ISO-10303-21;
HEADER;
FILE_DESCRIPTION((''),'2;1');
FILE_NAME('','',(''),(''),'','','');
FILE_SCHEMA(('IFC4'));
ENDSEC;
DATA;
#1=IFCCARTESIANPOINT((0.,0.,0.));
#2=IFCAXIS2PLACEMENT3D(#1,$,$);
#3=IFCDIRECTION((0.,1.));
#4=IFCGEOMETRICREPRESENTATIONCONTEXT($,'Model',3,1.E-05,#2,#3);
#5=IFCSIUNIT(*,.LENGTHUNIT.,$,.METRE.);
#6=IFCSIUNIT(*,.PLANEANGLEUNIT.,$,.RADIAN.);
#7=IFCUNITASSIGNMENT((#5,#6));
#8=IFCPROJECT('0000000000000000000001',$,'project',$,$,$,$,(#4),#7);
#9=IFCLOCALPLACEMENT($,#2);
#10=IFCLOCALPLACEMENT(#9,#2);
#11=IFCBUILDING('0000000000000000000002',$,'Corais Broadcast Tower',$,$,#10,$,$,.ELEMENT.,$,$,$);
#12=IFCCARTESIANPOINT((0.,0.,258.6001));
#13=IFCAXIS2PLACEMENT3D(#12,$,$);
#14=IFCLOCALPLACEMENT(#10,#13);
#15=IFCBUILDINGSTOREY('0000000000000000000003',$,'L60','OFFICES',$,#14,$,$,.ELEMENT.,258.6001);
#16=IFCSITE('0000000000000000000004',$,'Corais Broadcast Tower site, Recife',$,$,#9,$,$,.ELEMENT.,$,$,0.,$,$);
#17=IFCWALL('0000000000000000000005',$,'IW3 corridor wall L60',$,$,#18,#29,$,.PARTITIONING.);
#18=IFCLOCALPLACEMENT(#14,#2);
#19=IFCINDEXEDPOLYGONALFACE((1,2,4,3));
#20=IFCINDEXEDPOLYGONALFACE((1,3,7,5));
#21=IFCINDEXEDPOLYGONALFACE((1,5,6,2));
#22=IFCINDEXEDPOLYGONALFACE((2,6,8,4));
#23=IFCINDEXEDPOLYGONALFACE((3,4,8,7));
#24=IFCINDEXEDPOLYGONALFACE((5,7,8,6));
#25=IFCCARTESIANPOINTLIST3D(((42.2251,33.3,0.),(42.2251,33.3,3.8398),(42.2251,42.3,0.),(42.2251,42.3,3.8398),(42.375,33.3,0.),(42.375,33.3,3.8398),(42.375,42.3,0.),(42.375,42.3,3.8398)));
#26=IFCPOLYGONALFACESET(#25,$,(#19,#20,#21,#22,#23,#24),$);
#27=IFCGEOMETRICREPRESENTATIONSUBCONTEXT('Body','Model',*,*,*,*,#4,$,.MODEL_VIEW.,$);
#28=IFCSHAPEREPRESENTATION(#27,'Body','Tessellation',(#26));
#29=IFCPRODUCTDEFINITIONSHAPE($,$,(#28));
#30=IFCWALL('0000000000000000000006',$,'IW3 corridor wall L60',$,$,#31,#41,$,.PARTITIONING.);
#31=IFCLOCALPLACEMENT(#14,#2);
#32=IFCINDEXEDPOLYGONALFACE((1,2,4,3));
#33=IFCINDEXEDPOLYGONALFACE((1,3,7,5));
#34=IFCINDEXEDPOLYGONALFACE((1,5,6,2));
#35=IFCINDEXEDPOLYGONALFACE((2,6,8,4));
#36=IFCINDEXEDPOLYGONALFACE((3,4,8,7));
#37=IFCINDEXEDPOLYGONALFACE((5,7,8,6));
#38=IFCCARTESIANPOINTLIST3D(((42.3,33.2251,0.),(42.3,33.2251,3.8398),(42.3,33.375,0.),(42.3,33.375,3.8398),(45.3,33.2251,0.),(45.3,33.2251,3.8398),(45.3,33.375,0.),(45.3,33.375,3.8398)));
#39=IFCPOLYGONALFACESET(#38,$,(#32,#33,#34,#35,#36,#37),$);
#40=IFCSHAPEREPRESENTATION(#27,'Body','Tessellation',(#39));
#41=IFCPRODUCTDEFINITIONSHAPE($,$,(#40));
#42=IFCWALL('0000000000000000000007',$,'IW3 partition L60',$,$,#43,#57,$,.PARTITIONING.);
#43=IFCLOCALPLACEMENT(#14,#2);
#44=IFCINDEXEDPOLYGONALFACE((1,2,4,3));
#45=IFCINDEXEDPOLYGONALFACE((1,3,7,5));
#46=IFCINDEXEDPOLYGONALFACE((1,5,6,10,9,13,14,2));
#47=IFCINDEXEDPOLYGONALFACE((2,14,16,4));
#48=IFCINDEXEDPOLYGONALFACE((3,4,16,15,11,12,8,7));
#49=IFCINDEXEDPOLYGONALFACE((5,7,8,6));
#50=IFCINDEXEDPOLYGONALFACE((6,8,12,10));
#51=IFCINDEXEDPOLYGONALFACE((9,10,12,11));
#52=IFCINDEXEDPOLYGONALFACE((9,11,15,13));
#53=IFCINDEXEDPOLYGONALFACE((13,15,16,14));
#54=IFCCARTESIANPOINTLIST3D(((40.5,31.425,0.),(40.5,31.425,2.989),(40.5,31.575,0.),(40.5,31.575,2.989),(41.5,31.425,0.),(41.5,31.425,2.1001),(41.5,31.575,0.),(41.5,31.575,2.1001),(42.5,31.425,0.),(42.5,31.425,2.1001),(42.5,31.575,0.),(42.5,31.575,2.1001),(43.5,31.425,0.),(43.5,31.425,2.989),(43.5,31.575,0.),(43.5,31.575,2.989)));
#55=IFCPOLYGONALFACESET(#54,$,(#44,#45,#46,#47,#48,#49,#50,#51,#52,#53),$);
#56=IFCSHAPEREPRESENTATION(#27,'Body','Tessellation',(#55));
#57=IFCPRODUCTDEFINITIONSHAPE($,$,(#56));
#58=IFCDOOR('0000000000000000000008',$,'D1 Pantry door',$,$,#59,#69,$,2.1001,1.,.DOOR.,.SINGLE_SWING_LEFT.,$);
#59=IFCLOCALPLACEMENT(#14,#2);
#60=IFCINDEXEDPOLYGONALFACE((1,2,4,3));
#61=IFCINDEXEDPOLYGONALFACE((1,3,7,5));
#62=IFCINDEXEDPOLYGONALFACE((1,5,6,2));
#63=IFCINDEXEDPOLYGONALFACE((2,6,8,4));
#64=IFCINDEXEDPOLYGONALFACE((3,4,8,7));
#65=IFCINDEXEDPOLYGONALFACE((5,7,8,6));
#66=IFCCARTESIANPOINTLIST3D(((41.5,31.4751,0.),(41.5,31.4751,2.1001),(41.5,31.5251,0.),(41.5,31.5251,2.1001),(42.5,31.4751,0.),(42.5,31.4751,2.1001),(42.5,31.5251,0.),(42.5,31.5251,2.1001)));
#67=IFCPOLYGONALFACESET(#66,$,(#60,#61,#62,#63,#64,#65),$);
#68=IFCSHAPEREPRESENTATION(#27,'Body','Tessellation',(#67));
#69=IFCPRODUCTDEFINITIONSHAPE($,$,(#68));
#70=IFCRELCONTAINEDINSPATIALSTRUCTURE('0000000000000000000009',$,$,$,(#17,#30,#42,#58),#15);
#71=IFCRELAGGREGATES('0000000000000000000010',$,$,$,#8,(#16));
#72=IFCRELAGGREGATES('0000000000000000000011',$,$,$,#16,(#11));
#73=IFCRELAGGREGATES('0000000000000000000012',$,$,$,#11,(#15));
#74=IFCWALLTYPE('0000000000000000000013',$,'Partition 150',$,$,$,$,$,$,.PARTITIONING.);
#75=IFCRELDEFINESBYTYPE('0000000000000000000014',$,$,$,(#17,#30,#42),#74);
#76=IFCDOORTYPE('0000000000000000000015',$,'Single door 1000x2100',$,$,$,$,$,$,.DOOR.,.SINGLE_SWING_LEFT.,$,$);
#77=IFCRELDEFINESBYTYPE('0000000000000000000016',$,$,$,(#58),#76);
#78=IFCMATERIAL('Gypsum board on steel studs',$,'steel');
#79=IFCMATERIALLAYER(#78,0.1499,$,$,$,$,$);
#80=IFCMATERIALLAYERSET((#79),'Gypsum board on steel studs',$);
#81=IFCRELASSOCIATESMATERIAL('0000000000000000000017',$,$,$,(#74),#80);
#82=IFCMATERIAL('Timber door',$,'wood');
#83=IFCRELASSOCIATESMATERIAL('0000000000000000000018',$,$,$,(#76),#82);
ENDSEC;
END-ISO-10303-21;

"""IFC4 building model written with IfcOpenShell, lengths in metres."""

from ifc_helpers import new_model, si_unit, direction, frame, frame_2d, origin, place, context, subcontext, project, spatial, rectangle, extrude, material, layer, layer_set, type_object, element, fill, save


model = new_model("IFC4")

# Units and contexts
model_context = context("Model", 3, precision=1e-05, world=origin(), true_north=direction((0.0, 1.0)))
body_context = subcontext(model_context, "Body", "Model", "MODEL_VIEW")
ifc_project = project(units=[si_unit("LENGTHUNIT", "METRE"), si_unit("PLANEANGLEUNIT", "RADIAN")], contexts=[model_context])

# Site, building, storey
site_placement = place(None, origin())
site = spatial("IfcSite", under=ifc_project, at=site_placement, Name="Corais Broadcast Tower site, Recife", CompositionType="ELEMENT", RefElevation=0.0)
building_placement = place(site_placement, origin())
building = spatial("IfcBuilding", under=site, at=building_placement, Name="Corais Broadcast Tower", CompositionType="ELEMENT")
storey_placement = place(building_placement, frame((0.0, 0.0, 258.6001)))
storey = spatial("IfcBuildingStorey", under=building, at=storey_placement, Name="L60", Description="OFFICES", CompositionType="ELEMENT", Elevation=258.6001)

# Walls
ifc_material_1 = material(Name="Gypsum board on steel studs", Category="steel")
ifc_layer_1 = layer(ifc_material_1, 0.1499)
ifc_layer_set_1 = layer_set([ifc_layer_1], Name="Gypsum board on steel studs")
wall_type = type_object("IfcWallType", Name="Partition 150", PredefinedType="PARTITIONING", material=ifc_layer_set_1)
wall_1_placement = place(storey_placement, frame((42.3, 33.3, 0.0), z_axis=(0.0, 0.0, 1.0), x_axis=(0.0, 1.0, 0.0)))
element("IfcWall", 1, at=wall_1_placement, inside=storey, type_object=wall_type, Name="IW3 corridor wall L60", PredefinedType="PARTITIONING", context=body_context, shape_type="SweptSolid", body=[
    extrude(rectangle(XDim=9.0, YDim=0.1499, at=frame_2d((4.5, 0.0))), origin(), (0.0, 0.0, 1.0), 3.8398),
])
wall_2_placement = place(storey_placement, frame((45.3, 33.3, 0.0), z_axis=(0.0, 0.0, 1.0), x_axis=(-1.0, 0.0, 0.0)))
element("IfcWall", 2, at=wall_2_placement, inside=storey, type_object=wall_type, Name="IW3 corridor wall L60", PredefinedType="PARTITIONING", context=body_context, shape_type="SweptSolid", body=[
    extrude(rectangle(XDim=3.0, YDim=0.1499, at=frame_2d((1.5, 0.0))), origin(), (0.0, 0.0, 1.0), 3.8398),
])

# Wall, opening, door
wall_3_placement = place(storey_placement, frame((43.5, 31.5, 0.0), z_axis=(0.0, 0.0, 1.0), x_axis=(-1.0, 0.0, 0.0)))
wall_3 = element("IfcWall", 3, at=wall_3_placement, inside=storey, type_object=wall_type, Name="IW3 partition L60", PredefinedType="PARTITIONING", context=body_context, shape_type="SweptSolid", body=[
    extrude(rectangle(XDim=3.0, YDim=0.1499, at=frame_2d((1.5, 0.0))), origin(), (0.0, 0.0, 1.0), 2.989),
])
opening_placement = place(wall_3_placement, frame((1.0, 0.0, 0.0)))
opening = element("IfcOpeningElement", 4, at=opening_placement, cuts=wall_3, PredefinedType="OPENING", context=body_context, shape_type="SweptSolid", body=[
    extrude(rectangle(XDim=1.0, YDim=2.1001, at=frame_2d((0.5, 1.05))), frame((0.0, 0.085, 0.0), z_axis=(0.0, -1.0, 0.0), x_axis=(1.0, 0.0, 0.0)), (0.0, 0.0, 1.0), 0.1699),
])
ifc_material_2 = material(Name="Timber door", Category="wood")
door_type = type_object("IfcDoorType", Name="Single door 1000x2100", OperationType="SINGLE_SWING_LEFT", PredefinedType="DOOR", material=ifc_material_2)
door_placement = place(opening_placement, origin())
door = element("IfcDoor", 5, at=door_placement, inside=storey, type_object=door_type, Name="D1 Pantry door", OperationType="SINGLE_SWING_LEFT", OverallHeight=2.1001, OverallWidth=1.0, PredefinedType="DOOR", context=body_context, shape_type="SweptSolid", body=[
    extrude(rectangle(XDim=1.0, YDim=2.1001, at=frame_2d((0.5, 1.05))), frame((0.0, 0.0249, 0.0), z_axis=(0.0, -1.0, 0.0), x_axis=(1.0, 0.0, 0.0)), (0.0, 0.0, 1.0), 0.05),
])
fill(opening, door)

save(model, "model.ifc")
